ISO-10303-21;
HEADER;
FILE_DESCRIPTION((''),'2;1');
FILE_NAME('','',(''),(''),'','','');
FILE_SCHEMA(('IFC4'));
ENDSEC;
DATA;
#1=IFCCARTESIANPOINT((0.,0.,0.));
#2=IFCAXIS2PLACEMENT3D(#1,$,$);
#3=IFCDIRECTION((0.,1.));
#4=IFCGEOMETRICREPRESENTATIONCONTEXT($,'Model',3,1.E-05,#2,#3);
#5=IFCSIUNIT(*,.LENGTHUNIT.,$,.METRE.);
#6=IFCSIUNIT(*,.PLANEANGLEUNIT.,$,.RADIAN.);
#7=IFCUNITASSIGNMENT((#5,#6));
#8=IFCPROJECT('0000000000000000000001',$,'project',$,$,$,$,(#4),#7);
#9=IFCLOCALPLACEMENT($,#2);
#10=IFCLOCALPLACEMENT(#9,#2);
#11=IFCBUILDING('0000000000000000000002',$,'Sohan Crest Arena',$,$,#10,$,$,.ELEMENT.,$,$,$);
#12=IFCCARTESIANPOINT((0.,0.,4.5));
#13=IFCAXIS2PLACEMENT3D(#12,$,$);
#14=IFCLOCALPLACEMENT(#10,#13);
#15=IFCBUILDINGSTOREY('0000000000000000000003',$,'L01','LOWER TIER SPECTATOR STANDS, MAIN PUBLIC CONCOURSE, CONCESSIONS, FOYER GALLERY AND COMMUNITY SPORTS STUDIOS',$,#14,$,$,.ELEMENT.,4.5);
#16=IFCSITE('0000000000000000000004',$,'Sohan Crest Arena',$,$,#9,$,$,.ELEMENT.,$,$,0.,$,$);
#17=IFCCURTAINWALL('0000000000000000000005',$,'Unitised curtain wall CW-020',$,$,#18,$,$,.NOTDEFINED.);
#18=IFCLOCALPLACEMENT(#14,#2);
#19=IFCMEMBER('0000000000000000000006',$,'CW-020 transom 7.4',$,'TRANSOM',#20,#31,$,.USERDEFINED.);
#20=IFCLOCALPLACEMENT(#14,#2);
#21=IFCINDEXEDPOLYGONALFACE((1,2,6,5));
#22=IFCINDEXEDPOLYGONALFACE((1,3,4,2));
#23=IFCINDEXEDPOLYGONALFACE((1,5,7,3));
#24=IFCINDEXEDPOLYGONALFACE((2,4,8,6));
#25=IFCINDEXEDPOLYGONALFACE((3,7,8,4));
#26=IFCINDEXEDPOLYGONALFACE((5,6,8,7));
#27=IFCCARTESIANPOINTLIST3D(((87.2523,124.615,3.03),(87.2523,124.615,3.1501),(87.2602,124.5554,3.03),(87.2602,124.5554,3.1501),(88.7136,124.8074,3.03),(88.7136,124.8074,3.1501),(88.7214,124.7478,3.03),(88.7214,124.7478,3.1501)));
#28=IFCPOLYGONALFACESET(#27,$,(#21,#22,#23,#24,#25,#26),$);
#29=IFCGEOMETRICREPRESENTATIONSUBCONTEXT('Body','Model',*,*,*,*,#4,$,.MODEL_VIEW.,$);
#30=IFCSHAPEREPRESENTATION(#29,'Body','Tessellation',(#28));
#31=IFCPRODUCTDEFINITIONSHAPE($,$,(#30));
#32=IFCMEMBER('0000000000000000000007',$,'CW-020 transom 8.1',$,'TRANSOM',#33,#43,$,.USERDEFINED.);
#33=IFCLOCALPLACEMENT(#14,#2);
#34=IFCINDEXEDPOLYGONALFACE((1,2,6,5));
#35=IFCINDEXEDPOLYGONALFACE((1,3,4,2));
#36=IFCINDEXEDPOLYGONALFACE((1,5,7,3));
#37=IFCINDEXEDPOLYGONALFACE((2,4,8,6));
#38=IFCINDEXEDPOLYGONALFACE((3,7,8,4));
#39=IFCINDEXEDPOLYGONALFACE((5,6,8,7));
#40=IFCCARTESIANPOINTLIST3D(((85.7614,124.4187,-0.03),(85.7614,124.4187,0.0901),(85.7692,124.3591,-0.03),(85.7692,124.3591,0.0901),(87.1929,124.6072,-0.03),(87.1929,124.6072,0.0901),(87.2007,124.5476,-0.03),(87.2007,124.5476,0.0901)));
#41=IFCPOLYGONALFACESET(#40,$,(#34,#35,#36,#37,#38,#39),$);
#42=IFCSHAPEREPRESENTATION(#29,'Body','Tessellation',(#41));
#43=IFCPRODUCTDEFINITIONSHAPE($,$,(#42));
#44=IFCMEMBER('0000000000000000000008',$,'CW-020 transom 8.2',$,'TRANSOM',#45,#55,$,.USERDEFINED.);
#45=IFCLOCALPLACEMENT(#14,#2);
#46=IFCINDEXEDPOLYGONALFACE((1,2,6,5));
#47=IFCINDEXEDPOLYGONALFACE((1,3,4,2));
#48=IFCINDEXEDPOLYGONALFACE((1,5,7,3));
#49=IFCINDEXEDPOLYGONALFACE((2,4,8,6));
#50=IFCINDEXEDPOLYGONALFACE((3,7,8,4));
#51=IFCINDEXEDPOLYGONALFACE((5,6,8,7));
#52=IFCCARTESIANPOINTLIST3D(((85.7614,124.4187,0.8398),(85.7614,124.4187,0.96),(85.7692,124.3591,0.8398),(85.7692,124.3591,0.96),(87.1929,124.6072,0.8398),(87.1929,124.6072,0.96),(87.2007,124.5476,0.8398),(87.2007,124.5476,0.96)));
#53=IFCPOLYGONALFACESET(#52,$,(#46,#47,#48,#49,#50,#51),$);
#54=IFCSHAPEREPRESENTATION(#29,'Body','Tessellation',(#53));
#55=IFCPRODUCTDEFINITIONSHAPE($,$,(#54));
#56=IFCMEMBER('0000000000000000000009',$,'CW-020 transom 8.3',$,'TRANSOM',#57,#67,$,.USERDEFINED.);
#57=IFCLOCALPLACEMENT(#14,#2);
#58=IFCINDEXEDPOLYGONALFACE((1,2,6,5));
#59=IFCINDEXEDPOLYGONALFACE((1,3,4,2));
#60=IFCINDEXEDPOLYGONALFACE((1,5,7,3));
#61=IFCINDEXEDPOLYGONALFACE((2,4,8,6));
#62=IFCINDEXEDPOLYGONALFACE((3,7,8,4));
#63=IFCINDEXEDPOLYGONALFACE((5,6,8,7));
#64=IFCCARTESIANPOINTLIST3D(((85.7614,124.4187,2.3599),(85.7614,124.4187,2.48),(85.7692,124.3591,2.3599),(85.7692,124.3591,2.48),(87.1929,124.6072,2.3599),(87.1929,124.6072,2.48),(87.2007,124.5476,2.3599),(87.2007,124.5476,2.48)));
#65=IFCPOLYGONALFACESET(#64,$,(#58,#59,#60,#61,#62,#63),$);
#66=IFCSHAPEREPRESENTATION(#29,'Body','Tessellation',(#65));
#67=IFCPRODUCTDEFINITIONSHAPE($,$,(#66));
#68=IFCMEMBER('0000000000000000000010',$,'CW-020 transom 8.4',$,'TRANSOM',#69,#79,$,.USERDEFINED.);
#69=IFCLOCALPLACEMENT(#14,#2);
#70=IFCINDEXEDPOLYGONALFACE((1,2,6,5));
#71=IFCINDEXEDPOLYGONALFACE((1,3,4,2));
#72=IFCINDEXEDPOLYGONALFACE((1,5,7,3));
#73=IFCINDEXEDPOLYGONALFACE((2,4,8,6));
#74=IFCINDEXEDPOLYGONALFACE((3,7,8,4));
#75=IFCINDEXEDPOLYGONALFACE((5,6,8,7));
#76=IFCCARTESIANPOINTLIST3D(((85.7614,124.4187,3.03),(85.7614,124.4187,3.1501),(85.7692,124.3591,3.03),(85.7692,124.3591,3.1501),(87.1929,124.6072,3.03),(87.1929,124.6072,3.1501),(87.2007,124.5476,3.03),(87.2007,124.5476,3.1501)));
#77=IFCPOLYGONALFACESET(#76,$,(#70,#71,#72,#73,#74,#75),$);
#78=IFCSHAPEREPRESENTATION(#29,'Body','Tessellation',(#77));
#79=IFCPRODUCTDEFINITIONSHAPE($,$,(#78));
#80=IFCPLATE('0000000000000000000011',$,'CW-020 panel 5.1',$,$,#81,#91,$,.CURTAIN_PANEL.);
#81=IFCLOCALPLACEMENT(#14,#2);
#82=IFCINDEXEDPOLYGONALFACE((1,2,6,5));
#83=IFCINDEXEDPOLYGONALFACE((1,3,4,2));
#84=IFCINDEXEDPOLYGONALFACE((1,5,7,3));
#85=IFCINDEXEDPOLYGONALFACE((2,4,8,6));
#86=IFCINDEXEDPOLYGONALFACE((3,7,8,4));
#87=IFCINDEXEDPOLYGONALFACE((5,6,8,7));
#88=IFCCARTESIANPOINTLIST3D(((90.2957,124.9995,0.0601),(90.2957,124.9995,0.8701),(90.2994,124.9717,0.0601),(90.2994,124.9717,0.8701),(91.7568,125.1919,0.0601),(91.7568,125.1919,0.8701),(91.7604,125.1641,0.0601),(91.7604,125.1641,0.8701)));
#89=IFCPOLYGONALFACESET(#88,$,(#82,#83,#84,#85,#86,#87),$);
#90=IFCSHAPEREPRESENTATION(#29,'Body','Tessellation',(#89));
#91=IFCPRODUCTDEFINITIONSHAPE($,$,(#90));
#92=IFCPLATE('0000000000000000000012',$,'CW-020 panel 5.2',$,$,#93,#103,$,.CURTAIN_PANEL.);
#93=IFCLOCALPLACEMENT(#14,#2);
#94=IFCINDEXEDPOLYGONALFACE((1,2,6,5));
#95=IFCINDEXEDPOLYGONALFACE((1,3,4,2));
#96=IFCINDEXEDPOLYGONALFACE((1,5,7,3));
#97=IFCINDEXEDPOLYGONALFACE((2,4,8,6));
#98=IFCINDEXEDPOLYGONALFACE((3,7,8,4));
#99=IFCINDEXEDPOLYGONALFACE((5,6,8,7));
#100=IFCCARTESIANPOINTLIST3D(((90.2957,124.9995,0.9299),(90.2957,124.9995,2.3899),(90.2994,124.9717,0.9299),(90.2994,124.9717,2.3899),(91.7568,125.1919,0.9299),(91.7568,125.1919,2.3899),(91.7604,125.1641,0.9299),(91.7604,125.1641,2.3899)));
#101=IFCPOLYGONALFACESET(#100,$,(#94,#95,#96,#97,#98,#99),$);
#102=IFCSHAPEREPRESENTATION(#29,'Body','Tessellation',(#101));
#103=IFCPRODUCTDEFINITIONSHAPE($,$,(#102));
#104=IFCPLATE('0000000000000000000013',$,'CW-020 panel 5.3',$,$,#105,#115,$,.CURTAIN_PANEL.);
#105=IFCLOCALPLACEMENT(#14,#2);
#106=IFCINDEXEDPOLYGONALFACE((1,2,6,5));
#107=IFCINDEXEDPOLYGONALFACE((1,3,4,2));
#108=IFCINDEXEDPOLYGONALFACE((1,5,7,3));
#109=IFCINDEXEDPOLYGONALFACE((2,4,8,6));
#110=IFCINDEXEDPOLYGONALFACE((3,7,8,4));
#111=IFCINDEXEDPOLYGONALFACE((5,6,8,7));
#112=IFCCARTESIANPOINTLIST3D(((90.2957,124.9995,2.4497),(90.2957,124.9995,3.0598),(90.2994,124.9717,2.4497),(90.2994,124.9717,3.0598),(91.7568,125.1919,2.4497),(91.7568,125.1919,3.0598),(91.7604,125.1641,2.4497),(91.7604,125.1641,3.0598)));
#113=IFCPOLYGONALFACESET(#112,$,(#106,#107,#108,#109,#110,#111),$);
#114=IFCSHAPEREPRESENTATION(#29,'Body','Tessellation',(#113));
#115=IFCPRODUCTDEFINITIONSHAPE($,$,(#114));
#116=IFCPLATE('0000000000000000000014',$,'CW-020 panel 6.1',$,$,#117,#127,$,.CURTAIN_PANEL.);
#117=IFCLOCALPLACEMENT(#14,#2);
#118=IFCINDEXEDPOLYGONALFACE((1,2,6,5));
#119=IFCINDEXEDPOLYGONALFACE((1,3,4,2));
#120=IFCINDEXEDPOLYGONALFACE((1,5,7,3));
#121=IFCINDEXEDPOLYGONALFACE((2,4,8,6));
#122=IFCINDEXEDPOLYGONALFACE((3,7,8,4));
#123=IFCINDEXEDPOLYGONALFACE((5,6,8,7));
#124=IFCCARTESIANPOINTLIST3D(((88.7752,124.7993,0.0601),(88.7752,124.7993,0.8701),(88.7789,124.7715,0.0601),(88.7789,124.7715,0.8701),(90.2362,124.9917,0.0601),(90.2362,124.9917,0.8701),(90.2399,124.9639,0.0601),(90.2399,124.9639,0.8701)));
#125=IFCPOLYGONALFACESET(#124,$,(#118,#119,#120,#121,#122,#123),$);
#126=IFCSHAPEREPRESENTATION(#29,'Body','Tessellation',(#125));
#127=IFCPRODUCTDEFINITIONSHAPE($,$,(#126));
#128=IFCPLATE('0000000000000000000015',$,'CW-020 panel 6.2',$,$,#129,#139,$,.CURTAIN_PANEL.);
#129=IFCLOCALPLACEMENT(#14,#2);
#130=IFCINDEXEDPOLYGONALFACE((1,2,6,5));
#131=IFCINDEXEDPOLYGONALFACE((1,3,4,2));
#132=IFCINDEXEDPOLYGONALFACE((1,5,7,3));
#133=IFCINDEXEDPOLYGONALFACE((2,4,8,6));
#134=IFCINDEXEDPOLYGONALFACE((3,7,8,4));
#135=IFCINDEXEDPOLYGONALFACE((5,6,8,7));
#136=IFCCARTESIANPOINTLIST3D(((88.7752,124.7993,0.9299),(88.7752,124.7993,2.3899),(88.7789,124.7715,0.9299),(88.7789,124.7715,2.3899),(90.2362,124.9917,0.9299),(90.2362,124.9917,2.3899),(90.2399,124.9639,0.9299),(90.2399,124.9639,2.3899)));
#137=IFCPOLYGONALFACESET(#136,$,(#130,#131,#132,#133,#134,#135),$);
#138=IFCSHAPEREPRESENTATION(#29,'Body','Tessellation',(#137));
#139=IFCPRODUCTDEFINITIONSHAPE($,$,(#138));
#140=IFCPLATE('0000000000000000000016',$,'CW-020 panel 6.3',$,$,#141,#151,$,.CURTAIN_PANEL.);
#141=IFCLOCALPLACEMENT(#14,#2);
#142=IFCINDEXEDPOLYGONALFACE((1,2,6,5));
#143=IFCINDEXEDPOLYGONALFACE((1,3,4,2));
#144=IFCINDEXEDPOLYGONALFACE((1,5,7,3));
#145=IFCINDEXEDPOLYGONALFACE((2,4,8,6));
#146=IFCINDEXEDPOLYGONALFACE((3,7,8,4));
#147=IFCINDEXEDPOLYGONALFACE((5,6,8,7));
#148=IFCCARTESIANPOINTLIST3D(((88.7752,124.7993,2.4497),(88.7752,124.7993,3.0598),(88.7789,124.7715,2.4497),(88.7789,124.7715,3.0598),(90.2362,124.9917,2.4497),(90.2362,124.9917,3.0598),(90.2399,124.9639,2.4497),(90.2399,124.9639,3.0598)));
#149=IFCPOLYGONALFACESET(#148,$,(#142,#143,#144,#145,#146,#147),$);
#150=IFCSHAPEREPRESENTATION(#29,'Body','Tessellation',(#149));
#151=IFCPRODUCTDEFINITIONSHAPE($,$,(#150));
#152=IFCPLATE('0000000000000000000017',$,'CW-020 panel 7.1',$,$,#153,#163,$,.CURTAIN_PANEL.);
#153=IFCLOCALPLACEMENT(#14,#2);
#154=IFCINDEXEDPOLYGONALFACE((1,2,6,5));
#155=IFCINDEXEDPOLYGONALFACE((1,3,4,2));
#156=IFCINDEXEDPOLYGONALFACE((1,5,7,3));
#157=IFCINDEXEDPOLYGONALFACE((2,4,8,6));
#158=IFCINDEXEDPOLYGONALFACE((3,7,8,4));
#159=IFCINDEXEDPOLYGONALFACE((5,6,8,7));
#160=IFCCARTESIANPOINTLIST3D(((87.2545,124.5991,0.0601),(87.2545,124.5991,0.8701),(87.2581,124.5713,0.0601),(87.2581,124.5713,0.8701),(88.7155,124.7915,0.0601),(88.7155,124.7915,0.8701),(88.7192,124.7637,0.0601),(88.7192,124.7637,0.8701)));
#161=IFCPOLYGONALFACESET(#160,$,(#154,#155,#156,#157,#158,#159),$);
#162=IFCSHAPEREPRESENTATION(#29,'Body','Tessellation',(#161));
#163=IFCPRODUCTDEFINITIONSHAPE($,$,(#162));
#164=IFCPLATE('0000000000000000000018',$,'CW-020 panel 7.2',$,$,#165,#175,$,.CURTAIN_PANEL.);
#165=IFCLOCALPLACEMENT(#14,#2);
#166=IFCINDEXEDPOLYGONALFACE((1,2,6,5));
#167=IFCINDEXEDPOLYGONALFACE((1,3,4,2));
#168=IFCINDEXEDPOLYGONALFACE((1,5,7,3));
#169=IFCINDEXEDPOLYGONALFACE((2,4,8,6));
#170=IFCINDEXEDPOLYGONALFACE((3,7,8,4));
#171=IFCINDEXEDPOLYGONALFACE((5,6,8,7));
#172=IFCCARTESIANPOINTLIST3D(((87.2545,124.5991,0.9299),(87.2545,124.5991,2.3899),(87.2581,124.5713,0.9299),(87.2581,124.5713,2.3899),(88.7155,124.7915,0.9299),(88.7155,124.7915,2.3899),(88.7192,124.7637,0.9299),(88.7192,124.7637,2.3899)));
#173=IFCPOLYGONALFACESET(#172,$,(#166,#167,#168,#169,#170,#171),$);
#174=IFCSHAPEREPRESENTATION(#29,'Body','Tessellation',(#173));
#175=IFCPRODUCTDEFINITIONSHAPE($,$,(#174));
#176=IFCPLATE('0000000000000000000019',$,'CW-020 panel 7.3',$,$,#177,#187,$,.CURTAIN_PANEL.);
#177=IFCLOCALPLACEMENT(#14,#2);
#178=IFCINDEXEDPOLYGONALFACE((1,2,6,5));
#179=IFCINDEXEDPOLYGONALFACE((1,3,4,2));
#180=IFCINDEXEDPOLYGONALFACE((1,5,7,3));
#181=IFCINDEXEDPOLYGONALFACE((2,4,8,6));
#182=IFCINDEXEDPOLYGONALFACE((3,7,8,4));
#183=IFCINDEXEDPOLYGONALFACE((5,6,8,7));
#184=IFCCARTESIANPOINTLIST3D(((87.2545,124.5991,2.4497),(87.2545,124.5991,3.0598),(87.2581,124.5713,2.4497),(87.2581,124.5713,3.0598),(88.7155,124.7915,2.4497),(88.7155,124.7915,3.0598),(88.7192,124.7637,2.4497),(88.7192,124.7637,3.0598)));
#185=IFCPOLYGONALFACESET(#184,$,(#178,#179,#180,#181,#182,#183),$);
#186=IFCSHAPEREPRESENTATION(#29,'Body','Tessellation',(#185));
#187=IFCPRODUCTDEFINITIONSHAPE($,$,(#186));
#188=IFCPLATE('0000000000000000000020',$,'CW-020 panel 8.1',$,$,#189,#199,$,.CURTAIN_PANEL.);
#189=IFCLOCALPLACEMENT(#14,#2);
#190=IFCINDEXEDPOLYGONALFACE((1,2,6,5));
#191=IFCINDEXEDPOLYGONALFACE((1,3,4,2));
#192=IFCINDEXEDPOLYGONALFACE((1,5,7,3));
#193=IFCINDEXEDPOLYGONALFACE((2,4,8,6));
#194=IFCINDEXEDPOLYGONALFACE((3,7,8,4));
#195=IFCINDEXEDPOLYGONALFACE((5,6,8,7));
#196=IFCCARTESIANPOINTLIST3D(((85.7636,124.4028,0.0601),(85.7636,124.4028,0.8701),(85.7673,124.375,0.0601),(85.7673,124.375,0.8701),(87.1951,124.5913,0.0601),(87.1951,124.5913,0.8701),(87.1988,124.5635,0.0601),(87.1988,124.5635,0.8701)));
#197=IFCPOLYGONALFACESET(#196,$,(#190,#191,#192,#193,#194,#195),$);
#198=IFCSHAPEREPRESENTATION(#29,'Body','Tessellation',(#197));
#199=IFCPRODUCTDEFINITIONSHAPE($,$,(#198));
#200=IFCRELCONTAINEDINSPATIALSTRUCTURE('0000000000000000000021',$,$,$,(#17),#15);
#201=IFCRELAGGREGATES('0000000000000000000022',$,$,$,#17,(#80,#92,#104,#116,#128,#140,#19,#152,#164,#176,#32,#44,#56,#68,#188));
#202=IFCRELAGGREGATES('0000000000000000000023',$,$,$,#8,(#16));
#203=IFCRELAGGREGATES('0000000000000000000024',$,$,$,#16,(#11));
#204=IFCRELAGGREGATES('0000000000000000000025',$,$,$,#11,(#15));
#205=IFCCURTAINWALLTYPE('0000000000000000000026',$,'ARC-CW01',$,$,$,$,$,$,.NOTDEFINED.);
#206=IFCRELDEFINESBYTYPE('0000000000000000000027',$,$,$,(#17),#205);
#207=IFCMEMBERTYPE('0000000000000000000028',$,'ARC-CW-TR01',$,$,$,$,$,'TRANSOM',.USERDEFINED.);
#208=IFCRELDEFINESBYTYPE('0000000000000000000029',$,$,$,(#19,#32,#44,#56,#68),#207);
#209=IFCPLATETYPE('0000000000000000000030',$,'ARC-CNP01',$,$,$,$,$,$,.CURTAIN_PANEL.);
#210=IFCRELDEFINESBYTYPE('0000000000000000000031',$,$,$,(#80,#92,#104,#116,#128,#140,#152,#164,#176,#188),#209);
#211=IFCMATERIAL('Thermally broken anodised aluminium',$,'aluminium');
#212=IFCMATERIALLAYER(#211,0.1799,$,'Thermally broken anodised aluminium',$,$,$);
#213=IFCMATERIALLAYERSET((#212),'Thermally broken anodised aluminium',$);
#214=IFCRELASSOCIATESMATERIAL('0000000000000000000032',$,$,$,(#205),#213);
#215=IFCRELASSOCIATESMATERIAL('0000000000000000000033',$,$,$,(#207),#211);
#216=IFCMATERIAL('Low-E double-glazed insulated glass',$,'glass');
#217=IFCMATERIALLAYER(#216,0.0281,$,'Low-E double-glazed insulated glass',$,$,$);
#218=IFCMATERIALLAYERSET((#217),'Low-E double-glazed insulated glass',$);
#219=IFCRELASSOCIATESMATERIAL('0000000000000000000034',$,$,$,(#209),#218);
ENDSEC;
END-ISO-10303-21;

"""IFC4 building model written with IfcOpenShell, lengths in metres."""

from ifc_helpers import new_model, si_unit, direction, frame, origin, origin_2d, place, context, subcontext, project, spatial, rectangle, extrude, material, layer, layer_set, material_profile, profile_set, type_object, element, aggregate, save


model = new_model("IFC4")

# Units and contexts
model_context = context("Model", 3, precision=1e-05, world=origin(), true_north=direction((0.0, 1.0)))
body_context = subcontext(model_context, "Body", "Model", "MODEL_VIEW")
ifc_project = project(units=[si_unit("LENGTHUNIT", "METRE"), si_unit("PLANEANGLEUNIT", "RADIAN")], contexts=[model_context])

# Site, building, storey
site_placement = place(None, origin())
site = spatial("IfcSite", under=ifc_project, at=site_placement, Name="Sohan Crest Arena", CompositionType="ELEMENT", RefElevation=0.0)
building_placement = place(site_placement, origin())
building = spatial("IfcBuilding", under=site, at=building_placement, Name="Sohan Crest Arena", CompositionType="ELEMENT")
storey_placement = place(building_placement, frame((0.0, 0.0, 4.5)))
storey = spatial("IfcBuildingStorey", under=building, at=storey_placement, Name="L01", Description="LOWER TIER SPECTATOR STANDS, MAIN PUBLIC CONCOURSE, CONCESSIONS, FOYER GALLERY AND COMMUNITY SPORTS STUDIOS", CompositionType="ELEMENT", Elevation=4.5)

# Curtain wall, members, plates
ifc_material_1 = material(Name="Thermally broken anodised aluminium", Category="aluminium")
ifc_layer_1 = layer(ifc_material_1, 0.1799, Name="Thermally broken anodised aluminium")
ifc_layer_set_1 = layer_set([ifc_layer_1], Name="Thermally broken anodised aluminium")
curtain_wall_type = type_object("IfcCurtainWallType", Name="ARC-CW01", PredefinedType="NOTDEFINED", material=ifc_layer_set_1)
curtain_wall_placement = place(storey_placement, origin())
curtain_wall = element("IfcCurtainWall", 1, at=curtain_wall_placement, inside=storey, type_object=curtain_wall_type, Name="Unitised curtain wall CW-020", PredefinedType="NOTDEFINED")
ifc_material_profile_1 = material_profile(ifc_material_1, rectangle(XDim=0.0601, YDim=0.1201, at=origin_2d()), Name="ALU-TRAN 60x120")
ifc_profile_set_1 = profile_set([ifc_material_profile_1], Name="Thermally broken anodised aluminium")
member_type_1 = type_object("IfcMemberType", Name="ARC-CW-TR01", ElementType="TRANSOM", PredefinedType="USERDEFINED", material=ifc_profile_set_1)
member_1_placement = place(storey_placement, frame((88.7175, 124.7776, 3.0901), z_axis=(-0.991444, -0.130536, 0.0), x_axis=(0.130536, -0.991444, 0.0)))
member_1 = element("IfcMember", 2, at=member_1_placement, type_object=member_type_1, Name="CW-020 transom 7.4", ObjectType="TRANSOM", PredefinedType="USERDEFINED", context=body_context, shape_type="SweptSolid", body=[
    extrude(rectangle(XDim=0.0601, YDim=0.1201, at=origin_2d()), origin(), (0.0, 0.0, 1.0), 1.4739),
])
member_2_placement = place(storey_placement, frame((87.1968, 124.5774, 0.03), z_axis=(-0.991442, -0.130546, 0.0), x_axis=(0.130546, -0.991442, 0.0)))
member_2 = element("IfcMember", 3, at=member_2_placement, type_object=member_type_1, Name="CW-020 transom 8.1", ObjectType="TRANSOM", PredefinedType="USERDEFINED", context=body_context, shape_type="SweptSolid", body=[
    extrude(rectangle(XDim=0.0601, YDim=0.1201, at=origin_2d()), origin(), (0.0, 0.0, 1.0), 1.4438),
])
member_3_placement = place(storey_placement, frame((87.1968, 124.5774, 0.8999), z_axis=(-0.991442, -0.130546, 0.0), x_axis=(0.130546, -0.991442, 0.0)))
member_3 = element("IfcMember", 4, at=member_3_placement, type_object=member_type_1, Name="CW-020 transom 8.2", ObjectType="TRANSOM", PredefinedType="USERDEFINED", context=body_context, shape_type="SweptSolid", body=[
    extrude(rectangle(XDim=0.0601, YDim=0.1201, at=origin_2d()), origin(), (0.0, 0.0, 1.0), 1.4438),
])
member_4_placement = place(storey_placement, frame((87.1968, 124.5774, 2.4199), z_axis=(-0.991442, -0.130546, 0.0), x_axis=(0.130546, -0.991442, 0.0)))
member_4 = element("IfcMember", 5, at=member_4_placement, type_object=member_type_1, Name="CW-020 transom 8.3", ObjectType="TRANSOM", PredefinedType="USERDEFINED", context=body_context, shape_type="SweptSolid", body=[
    extrude(rectangle(XDim=0.0601, YDim=0.1201, at=origin_2d()), origin(), (0.0, 0.0, 1.0), 1.4438),
])
member_5_placement = place(storey_placement, frame((87.1968, 124.5774, 3.0901), z_axis=(-0.991442, -0.130546, 0.0), x_axis=(0.130546, -0.991442, 0.0)))
member_5 = element("IfcMember", 6, at=member_5_placement, type_object=member_type_1, Name="CW-020 transom 8.4", ObjectType="TRANSOM", PredefinedType="USERDEFINED", context=body_context, shape_type="SweptSolid", body=[
    extrude(rectangle(XDim=0.0601, YDim=0.1201, at=origin_2d()), origin(), (0.0, 0.0, 1.0), 1.4438),
])
ifc_material_2 = material(Name="Low-E double-glazed insulated glass", Category="glass")
ifc_layer_2 = layer(ifc_material_2, 0.0281, Name="Low-E double-glazed insulated glass")
ifc_layer_set_2 = layer_set([ifc_layer_2], Name="Low-E double-glazed insulated glass")
plate_type = type_object("IfcPlateType", Name="ARC-CNP01", PredefinedType="CURTAIN_PANEL", material=ifc_layer_set_2)
plate_1_placement = place(storey_placement, frame((91.0281, 125.0818, 0.0601), z_axis=(0.0, 0.0, 1.0), x_axis=(-0.99144, -0.130562, 0.0)))
plate_1 = element("IfcPlate", 7, at=plate_1_placement, type_object=plate_type, Name="CW-020 panel 5.1", PredefinedType="CURTAIN_PANEL", context=body_context, shape_type="SweptSolid", body=[
    extrude(rectangle(XDim=1.4736, YDim=0.0281, at=origin_2d()), origin(), (0.0, 0.0, 1.0), 0.8101),
])
plate_2_placement = place(storey_placement, frame((91.0281, 125.0818, 0.9299), z_axis=(0.0, 0.0, 1.0), x_axis=(-0.99144, -0.130562, 0.0)))
plate_2 = element("IfcPlate", 8, at=plate_2_placement, type_object=plate_type, Name="CW-020 panel 5.2", PredefinedType="CURTAIN_PANEL", context=body_context, shape_type="SweptSolid", body=[
    extrude(rectangle(XDim=1.4736, YDim=0.0281, at=origin_2d()), origin(), (0.0, 0.0, 1.0), 1.46),
])
plate_3_placement = place(storey_placement, frame((91.0281, 125.0818, 2.4497), z_axis=(0.0, 0.0, 1.0), x_axis=(-0.99144, -0.130562, 0.0)))
plate_3 = element("IfcPlate", 9, at=plate_3_placement, type_object=plate_type, Name="CW-020 panel 5.3", PredefinedType="CURTAIN_PANEL", context=body_context, shape_type="SweptSolid", body=[
    extrude(rectangle(XDim=1.4736, YDim=0.0281, at=origin_2d()), origin(), (0.0, 0.0, 1.0), 0.6101),
])
plate_4_placement = place(storey_placement, frame((89.5076, 124.8816, 0.0601), z_axis=(0.0, 0.0, 1.0), x_axis=(-0.99144, -0.130562, 0.0)))
plate_4 = element("IfcPlate", 10, at=plate_4_placement, type_object=plate_type, Name="CW-020 panel 6.1", PredefinedType="CURTAIN_PANEL", context=body_context, shape_type="SweptSolid", body=[
    extrude(rectangle(XDim=1.4736, YDim=0.0281, at=origin_2d()), origin(), (0.0, 0.0, 1.0), 0.8101),
])
plate_5_placement = place(storey_placement, frame((89.5076, 124.8816, 0.9299), z_axis=(0.0, 0.0, 1.0), x_axis=(-0.99144, -0.130562, 0.0)))
plate_5 = element("IfcPlate", 11, at=plate_5_placement, type_object=plate_type, Name="CW-020 panel 6.2", PredefinedType="CURTAIN_PANEL", context=body_context, shape_type="SweptSolid", body=[
    extrude(rectangle(XDim=1.4736, YDim=0.0281, at=origin_2d()), origin(), (0.0, 0.0, 1.0), 1.46),
])
plate_6_placement = place(storey_placement, frame((89.5076, 124.8816, 2.4497), z_axis=(0.0, 0.0, 1.0), x_axis=(-0.99144, -0.130562, 0.0)))
plate_6 = element("IfcPlate", 12, at=plate_6_placement, type_object=plate_type, Name="CW-020 panel 6.3", PredefinedType="CURTAIN_PANEL", context=body_context, shape_type="SweptSolid", body=[
    extrude(rectangle(XDim=1.4736, YDim=0.0281, at=origin_2d()), origin(), (0.0, 0.0, 1.0), 0.6101),
])
plate_7_placement = place(storey_placement, frame((87.9868, 124.6814, 0.0601), z_axis=(0.0, 0.0, 1.0), x_axis=(-0.99144, -0.130562, 0.0)))
plate_7 = element("IfcPlate", 13, at=plate_7_placement, type_object=plate_type, Name="CW-020 panel 7.1", PredefinedType="CURTAIN_PANEL", context=body_context, shape_type="SweptSolid", body=[
    extrude(rectangle(XDim=1.4736, YDim=0.0281, at=origin_2d()), origin(), (0.0, 0.0, 1.0), 0.8101),
])
plate_8_placement = place(storey_placement, frame((87.9868, 124.6814, 0.9299), z_axis=(0.0, 0.0, 1.0), x_axis=(-0.99144, -0.130562, 0.0)))
plate_8 = element("IfcPlate", 14, at=plate_8_placement, type_object=plate_type, Name="CW-020 panel 7.2", PredefinedType="CURTAIN_PANEL", context=body_context, shape_type="SweptSolid", body=[
    extrude(rectangle(XDim=1.4736, YDim=0.0281, at=origin_2d()), origin(), (0.0, 0.0, 1.0), 1.46),
])
plate_9_placement = place(storey_placement, frame((87.9868, 124.6814, 2.4497), z_axis=(0.0, 0.0, 1.0), x_axis=(-0.99144, -0.130562, 0.0)))
plate_9 = element("IfcPlate", 15, at=plate_9_placement, type_object=plate_type, Name="CW-020 panel 7.3", PredefinedType="CURTAIN_PANEL", context=body_context, shape_type="SweptSolid", body=[
    extrude(rectangle(XDim=1.4736, YDim=0.0281, at=origin_2d()), origin(), (0.0, 0.0, 1.0), 0.6101),
])
plate_10_placement = place(storey_placement, frame((86.4812, 124.4832, 0.0601), z_axis=(0.0, 0.0, 1.0), x_axis=(-0.99144, -0.130562, 0.0)))
plate_10 = element("IfcPlate", 16, at=plate_10_placement, type_object=plate_type, Name="CW-020 panel 8.1", PredefinedType="CURTAIN_PANEL", context=body_context, shape_type="SweptSolid", body=[
    extrude(rectangle(XDim=1.4438, YDim=0.0281, at=origin_2d()), origin(), (0.0, 0.0, 1.0), 0.8101),
])
aggregate(curtain_wall, [plate_1, plate_2, plate_3, plate_4, plate_5, plate_6, member_1, plate_7, plate_8, plate_9, member_2, member_3, member_4, member_5, plate_10])

save(model, "model.ifc")
